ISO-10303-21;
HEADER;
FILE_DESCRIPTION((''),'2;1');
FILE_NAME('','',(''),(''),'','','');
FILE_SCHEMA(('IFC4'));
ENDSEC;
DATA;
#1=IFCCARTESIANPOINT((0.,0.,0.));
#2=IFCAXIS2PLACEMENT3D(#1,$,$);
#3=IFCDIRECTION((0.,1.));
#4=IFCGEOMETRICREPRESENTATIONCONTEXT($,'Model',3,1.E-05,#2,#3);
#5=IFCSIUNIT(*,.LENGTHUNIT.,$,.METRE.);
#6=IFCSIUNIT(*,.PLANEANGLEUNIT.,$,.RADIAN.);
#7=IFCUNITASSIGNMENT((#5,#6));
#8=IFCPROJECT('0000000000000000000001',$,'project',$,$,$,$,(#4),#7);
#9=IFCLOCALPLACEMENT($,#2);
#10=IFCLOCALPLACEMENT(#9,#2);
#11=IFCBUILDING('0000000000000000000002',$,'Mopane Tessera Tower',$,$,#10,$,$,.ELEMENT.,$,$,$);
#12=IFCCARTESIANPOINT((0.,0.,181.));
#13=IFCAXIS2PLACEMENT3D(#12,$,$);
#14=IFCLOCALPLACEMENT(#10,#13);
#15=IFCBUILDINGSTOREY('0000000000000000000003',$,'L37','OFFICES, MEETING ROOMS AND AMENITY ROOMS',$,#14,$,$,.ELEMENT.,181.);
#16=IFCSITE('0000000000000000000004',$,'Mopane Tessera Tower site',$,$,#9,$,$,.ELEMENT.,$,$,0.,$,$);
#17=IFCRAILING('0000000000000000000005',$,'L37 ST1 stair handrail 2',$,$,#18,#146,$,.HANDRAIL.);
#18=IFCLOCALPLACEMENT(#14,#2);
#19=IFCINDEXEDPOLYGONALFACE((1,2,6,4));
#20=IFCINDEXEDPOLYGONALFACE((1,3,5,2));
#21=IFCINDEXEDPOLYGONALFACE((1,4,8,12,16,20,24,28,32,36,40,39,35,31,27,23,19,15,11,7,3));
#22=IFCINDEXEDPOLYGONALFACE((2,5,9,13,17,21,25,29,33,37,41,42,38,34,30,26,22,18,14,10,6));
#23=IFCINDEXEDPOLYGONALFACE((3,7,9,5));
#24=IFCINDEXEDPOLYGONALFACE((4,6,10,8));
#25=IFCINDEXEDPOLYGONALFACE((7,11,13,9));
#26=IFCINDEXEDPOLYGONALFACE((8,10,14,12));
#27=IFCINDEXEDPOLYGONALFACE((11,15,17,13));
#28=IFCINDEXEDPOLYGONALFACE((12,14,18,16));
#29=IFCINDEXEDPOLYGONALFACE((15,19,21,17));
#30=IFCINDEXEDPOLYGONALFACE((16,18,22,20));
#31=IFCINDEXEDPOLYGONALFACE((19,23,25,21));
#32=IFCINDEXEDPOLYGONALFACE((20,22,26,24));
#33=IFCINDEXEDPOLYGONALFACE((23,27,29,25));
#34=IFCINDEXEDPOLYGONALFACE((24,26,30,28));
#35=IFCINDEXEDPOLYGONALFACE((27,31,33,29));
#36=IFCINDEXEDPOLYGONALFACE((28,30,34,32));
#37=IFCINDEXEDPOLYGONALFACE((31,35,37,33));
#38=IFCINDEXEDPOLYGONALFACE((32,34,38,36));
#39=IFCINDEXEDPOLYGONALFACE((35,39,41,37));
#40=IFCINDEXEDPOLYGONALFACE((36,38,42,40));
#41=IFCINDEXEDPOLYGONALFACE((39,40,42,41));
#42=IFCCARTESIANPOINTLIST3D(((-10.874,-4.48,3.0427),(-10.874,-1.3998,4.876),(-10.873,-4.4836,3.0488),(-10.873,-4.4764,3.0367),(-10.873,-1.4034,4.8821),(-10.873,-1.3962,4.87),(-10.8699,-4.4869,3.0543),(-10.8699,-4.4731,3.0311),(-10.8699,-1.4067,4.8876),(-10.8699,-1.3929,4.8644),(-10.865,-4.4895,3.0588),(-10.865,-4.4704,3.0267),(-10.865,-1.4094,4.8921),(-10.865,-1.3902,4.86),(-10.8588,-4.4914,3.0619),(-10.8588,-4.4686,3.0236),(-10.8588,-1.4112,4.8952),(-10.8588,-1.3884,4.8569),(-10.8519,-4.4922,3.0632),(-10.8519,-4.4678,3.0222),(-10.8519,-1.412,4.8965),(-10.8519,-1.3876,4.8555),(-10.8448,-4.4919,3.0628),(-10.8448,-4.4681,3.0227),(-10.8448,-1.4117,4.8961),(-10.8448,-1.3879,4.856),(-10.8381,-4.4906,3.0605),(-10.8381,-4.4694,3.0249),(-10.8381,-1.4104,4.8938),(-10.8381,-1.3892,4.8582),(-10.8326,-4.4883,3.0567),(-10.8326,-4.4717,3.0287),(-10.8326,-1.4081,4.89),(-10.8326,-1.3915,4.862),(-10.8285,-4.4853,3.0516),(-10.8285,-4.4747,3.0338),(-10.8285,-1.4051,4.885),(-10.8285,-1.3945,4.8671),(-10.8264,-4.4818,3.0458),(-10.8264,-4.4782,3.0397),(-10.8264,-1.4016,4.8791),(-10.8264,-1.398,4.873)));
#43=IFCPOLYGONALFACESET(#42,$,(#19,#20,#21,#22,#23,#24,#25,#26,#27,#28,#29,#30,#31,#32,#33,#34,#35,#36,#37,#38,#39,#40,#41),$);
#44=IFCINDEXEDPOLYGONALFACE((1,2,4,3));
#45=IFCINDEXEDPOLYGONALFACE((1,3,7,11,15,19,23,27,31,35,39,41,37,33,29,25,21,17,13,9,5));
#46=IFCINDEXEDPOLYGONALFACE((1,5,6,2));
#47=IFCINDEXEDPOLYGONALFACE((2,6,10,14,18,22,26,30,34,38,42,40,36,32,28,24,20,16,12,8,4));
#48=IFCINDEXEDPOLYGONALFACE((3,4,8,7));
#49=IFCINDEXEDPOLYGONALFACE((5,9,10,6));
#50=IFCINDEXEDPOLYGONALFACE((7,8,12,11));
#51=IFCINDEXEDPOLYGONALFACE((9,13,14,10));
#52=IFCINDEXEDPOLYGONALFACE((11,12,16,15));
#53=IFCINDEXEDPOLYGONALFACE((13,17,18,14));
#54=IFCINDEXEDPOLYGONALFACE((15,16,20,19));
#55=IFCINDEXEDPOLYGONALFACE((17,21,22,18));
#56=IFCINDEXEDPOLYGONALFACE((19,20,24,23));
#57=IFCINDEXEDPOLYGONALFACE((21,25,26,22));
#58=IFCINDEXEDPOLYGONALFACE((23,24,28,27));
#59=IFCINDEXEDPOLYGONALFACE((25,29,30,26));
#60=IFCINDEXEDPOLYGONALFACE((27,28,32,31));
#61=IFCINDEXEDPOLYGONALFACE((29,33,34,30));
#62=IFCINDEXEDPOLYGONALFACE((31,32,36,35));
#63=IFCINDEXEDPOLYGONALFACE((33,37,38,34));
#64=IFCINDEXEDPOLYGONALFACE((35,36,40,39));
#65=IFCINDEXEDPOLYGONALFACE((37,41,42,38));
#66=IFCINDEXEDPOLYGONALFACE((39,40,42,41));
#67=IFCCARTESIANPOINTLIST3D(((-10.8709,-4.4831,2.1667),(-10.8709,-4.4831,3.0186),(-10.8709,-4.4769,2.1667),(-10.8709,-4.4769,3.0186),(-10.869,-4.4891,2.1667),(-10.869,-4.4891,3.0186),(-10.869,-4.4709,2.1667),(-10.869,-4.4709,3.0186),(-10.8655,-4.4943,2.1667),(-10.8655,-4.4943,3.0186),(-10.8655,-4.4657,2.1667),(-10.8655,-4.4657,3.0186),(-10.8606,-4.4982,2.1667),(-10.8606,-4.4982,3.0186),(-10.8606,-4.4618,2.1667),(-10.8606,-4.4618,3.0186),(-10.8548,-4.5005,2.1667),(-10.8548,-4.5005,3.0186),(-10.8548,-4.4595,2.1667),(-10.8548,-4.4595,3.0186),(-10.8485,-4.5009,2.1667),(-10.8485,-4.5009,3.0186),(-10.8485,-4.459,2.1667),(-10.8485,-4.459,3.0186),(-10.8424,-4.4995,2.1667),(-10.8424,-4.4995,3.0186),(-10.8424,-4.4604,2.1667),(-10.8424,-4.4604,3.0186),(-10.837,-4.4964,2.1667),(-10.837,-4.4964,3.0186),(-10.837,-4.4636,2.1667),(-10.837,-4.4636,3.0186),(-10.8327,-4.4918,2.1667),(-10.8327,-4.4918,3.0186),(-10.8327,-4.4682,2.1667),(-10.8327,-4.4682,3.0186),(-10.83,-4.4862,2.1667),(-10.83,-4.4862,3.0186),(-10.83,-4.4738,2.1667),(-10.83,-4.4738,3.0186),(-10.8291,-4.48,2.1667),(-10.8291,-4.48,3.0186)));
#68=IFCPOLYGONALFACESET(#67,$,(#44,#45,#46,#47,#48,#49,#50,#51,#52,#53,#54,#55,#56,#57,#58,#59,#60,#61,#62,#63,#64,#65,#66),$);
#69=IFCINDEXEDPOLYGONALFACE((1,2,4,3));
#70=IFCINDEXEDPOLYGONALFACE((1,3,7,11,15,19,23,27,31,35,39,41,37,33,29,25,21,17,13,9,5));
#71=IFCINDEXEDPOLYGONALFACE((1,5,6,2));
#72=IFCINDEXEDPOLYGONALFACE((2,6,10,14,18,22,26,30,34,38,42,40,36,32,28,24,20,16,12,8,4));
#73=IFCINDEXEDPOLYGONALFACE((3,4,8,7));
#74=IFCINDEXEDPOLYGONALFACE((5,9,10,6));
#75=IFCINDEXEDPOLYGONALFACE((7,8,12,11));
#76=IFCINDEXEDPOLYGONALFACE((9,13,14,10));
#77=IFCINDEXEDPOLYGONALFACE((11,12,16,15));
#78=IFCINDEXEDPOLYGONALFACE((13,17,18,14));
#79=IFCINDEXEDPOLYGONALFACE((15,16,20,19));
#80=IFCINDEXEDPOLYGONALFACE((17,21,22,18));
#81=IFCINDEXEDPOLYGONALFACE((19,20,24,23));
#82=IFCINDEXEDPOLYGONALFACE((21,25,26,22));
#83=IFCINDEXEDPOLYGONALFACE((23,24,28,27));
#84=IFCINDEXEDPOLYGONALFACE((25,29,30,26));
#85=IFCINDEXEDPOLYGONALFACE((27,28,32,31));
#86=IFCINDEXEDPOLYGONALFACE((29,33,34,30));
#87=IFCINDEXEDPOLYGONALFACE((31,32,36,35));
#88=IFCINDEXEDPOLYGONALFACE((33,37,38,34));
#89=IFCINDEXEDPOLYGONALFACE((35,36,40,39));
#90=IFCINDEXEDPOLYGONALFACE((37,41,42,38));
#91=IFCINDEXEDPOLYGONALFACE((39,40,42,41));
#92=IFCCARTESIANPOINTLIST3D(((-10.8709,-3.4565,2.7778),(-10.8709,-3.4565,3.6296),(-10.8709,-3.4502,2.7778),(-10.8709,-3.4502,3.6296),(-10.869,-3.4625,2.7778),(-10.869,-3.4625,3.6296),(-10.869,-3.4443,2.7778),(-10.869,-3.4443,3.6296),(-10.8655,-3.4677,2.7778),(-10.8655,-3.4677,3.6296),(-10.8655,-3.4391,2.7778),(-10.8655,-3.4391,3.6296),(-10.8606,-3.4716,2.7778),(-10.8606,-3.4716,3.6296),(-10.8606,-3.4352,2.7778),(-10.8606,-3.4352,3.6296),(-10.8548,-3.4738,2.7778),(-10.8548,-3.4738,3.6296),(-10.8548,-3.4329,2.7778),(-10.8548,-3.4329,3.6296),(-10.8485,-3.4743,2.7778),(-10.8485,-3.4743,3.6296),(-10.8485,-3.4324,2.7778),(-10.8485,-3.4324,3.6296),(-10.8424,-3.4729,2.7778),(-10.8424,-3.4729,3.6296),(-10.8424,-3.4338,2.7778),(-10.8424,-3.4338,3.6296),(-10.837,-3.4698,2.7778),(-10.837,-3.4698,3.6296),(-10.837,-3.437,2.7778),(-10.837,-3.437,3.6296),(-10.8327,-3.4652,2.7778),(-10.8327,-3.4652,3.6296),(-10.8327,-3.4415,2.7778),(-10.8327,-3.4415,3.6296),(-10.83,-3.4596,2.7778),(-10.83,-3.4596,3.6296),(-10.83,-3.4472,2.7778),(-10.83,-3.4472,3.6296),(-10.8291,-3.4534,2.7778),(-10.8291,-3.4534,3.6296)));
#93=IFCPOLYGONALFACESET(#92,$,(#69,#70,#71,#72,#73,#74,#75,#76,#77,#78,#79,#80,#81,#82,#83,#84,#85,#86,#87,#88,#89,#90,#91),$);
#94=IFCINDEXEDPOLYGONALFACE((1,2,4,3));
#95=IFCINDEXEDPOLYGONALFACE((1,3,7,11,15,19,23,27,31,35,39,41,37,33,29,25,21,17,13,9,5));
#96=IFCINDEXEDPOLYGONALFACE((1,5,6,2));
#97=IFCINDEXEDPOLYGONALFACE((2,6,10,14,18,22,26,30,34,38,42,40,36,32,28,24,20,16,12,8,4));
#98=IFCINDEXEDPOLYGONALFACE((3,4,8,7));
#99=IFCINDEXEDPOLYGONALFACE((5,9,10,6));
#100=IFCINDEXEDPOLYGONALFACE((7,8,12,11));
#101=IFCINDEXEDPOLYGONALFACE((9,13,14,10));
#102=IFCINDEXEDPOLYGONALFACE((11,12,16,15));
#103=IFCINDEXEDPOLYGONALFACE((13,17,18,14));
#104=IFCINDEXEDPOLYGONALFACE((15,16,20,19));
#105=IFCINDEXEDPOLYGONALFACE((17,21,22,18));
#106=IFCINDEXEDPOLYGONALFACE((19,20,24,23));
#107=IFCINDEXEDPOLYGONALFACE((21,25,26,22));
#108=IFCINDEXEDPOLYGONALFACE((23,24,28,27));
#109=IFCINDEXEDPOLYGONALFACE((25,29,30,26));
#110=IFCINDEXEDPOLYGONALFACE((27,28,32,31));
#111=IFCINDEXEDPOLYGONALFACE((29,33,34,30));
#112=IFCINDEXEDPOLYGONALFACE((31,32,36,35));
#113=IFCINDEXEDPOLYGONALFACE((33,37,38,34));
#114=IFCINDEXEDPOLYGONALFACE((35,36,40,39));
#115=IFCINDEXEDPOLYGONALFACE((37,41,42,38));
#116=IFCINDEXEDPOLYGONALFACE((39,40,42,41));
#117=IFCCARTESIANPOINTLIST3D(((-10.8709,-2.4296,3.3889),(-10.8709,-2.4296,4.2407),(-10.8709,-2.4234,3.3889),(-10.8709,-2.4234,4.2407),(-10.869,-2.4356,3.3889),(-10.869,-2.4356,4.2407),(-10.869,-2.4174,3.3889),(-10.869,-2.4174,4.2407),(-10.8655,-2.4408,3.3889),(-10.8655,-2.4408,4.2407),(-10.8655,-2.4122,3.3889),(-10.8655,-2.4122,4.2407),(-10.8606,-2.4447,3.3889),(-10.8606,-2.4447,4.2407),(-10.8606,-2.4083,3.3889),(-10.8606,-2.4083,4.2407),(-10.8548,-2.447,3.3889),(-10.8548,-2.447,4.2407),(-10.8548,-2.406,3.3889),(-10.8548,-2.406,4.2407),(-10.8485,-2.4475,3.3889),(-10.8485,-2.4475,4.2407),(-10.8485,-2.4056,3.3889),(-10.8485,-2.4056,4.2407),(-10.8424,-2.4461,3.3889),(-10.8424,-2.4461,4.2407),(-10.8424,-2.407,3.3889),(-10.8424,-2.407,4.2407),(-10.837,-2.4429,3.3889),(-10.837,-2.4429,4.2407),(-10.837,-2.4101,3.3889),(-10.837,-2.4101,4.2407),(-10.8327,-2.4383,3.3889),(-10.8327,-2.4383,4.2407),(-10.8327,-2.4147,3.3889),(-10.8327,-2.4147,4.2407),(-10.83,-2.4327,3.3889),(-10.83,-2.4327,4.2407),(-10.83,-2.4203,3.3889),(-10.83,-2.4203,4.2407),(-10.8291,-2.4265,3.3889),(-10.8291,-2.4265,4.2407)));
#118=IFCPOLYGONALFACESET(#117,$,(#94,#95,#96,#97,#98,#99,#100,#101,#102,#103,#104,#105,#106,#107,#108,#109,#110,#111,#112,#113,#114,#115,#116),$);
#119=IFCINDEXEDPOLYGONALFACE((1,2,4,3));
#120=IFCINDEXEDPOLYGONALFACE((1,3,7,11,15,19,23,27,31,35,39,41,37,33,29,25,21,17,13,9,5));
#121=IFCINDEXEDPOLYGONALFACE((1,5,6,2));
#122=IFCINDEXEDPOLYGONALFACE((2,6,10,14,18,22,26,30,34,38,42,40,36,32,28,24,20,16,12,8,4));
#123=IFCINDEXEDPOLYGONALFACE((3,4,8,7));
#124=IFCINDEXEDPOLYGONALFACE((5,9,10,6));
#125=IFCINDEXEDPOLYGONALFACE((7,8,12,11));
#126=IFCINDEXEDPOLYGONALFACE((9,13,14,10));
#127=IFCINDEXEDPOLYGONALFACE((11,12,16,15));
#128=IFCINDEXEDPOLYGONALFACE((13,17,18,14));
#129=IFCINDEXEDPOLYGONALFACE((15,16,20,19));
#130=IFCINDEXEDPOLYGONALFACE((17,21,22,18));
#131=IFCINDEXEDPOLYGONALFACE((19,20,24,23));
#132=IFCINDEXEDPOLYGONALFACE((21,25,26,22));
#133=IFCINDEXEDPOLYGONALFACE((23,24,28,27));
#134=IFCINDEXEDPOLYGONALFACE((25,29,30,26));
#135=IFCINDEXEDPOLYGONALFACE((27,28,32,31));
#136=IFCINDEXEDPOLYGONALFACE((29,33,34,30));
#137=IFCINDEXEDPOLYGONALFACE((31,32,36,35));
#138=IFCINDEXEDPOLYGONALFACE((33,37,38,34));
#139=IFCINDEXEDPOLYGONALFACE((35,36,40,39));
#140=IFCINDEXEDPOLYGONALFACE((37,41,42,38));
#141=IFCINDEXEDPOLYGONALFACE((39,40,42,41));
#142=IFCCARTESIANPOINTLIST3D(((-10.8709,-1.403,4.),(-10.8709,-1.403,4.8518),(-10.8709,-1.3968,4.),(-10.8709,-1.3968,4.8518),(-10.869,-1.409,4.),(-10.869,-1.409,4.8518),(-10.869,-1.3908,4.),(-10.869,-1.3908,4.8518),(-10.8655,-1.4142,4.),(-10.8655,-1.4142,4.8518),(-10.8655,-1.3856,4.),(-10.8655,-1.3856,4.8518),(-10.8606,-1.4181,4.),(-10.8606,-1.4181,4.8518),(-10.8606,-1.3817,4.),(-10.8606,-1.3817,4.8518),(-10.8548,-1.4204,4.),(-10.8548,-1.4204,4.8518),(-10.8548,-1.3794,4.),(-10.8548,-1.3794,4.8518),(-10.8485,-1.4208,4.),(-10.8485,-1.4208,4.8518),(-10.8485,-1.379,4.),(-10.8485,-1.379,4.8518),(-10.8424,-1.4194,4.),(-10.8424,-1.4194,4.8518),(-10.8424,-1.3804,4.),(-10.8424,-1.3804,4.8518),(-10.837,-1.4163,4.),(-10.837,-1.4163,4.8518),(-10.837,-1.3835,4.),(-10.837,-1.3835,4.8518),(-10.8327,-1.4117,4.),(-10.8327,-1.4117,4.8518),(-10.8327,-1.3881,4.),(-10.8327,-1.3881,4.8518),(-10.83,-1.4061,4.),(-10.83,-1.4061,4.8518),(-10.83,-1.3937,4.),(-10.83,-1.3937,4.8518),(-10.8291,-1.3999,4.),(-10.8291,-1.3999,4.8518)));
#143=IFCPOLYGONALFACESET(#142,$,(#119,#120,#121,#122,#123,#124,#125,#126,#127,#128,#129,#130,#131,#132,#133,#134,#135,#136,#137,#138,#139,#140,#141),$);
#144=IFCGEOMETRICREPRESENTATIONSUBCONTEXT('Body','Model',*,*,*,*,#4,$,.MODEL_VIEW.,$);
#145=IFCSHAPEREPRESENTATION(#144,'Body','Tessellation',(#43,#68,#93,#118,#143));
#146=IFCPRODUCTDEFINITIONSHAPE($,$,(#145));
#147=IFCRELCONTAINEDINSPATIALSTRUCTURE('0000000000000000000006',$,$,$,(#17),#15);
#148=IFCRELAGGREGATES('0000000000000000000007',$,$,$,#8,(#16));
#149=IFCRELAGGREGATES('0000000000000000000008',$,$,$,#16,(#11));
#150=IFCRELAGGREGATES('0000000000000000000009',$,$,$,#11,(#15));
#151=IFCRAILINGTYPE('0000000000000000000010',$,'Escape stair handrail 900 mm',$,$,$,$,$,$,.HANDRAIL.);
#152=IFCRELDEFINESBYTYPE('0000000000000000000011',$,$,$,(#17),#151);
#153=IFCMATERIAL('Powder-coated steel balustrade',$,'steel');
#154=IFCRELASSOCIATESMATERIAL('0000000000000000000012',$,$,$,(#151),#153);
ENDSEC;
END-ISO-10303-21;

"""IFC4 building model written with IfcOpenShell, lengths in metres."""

from ifc_helpers import new_model, si_unit, direction, frame, origin, origin_2d, place, context, subcontext, project, spatial, circle, extrude, material, type_object, element, save


model = new_model("IFC4")

# Units and contexts
model_context = context("Model", 3, precision=1e-05, world=origin(), true_north=direction((0.0, 1.0)))
body_context = subcontext(model_context, "Body", "Model", "MODEL_VIEW")
ifc_project = project(units=[si_unit("LENGTHUNIT", "METRE"), si_unit("PLANEANGLEUNIT", "RADIAN")], contexts=[model_context])

# Site, building, storey
site_placement = place(None, origin())
site = spatial("IfcSite", under=ifc_project, at=site_placement, Name="Mopane Tessera Tower site", CompositionType="ELEMENT", RefElevation=0.0)
building_placement = place(site_placement, origin())
building = spatial("IfcBuilding", under=site, at=building_placement, Name="Mopane Tessera Tower", CompositionType="ELEMENT")
storey_placement = place(building_placement, frame((0.0, 0.0, 181.0)))
storey = spatial("IfcBuildingStorey", under=building, at=storey_placement, Name="L37", Description="OFFICES, MEETING ROOMS AND AMENITY ROOMS", CompositionType="ELEMENT", Elevation=181.0)

# Railing
ifc_material_1 = material(Name="Powder-coated steel balustrade", Category="steel")
railing_type_1 = type_object("IfcRailingType", Name="Escape stair handrail 900 mm", PredefinedType="HANDRAIL", material=ifc_material_1)
railing_1_placement = place(storey_placement, frame((-10.8501, -4.48, 2.1667)))
element("IfcRailing", 1, at=railing_1_placement, inside=storey, type_object=railing_type_1, Name="L37 ST1 stair handrail 2", PredefinedType="HANDRAIL", context=body_context, shape_type="SweptSolid", body=[
    extrude(circle(Radius=0.0239, at=origin_2d()), frame((0.0, 0.0, 0.876), z_axis=(0.0, 0.859309, 0.511458), x_axis=(-1.0, 0.0, 0.0)), (0.0, 0.0, 1.0), 3.5845),
    extrude(circle(Radius=0.021, at=origin_2d()), origin(), (0.0, 0.0, 1.0), 0.8518),
    extrude(circle(Radius=0.021, at=origin_2d()), frame((0.0, 1.0266, 0.6111)), (0.0, 0.0, 1.0), 0.8518),
    extrude(circle(Radius=0.021, at=origin_2d()), frame((0.0, 2.0535, 1.2222)), (0.0, 0.0, 1.0), 0.8518),
    extrude(circle(Radius=0.021, at=origin_2d()), frame((0.0, 3.0801, 1.8333)), (0.0, 0.0, 1.0), 0.8518),
])

save(model, "model.ifc")
